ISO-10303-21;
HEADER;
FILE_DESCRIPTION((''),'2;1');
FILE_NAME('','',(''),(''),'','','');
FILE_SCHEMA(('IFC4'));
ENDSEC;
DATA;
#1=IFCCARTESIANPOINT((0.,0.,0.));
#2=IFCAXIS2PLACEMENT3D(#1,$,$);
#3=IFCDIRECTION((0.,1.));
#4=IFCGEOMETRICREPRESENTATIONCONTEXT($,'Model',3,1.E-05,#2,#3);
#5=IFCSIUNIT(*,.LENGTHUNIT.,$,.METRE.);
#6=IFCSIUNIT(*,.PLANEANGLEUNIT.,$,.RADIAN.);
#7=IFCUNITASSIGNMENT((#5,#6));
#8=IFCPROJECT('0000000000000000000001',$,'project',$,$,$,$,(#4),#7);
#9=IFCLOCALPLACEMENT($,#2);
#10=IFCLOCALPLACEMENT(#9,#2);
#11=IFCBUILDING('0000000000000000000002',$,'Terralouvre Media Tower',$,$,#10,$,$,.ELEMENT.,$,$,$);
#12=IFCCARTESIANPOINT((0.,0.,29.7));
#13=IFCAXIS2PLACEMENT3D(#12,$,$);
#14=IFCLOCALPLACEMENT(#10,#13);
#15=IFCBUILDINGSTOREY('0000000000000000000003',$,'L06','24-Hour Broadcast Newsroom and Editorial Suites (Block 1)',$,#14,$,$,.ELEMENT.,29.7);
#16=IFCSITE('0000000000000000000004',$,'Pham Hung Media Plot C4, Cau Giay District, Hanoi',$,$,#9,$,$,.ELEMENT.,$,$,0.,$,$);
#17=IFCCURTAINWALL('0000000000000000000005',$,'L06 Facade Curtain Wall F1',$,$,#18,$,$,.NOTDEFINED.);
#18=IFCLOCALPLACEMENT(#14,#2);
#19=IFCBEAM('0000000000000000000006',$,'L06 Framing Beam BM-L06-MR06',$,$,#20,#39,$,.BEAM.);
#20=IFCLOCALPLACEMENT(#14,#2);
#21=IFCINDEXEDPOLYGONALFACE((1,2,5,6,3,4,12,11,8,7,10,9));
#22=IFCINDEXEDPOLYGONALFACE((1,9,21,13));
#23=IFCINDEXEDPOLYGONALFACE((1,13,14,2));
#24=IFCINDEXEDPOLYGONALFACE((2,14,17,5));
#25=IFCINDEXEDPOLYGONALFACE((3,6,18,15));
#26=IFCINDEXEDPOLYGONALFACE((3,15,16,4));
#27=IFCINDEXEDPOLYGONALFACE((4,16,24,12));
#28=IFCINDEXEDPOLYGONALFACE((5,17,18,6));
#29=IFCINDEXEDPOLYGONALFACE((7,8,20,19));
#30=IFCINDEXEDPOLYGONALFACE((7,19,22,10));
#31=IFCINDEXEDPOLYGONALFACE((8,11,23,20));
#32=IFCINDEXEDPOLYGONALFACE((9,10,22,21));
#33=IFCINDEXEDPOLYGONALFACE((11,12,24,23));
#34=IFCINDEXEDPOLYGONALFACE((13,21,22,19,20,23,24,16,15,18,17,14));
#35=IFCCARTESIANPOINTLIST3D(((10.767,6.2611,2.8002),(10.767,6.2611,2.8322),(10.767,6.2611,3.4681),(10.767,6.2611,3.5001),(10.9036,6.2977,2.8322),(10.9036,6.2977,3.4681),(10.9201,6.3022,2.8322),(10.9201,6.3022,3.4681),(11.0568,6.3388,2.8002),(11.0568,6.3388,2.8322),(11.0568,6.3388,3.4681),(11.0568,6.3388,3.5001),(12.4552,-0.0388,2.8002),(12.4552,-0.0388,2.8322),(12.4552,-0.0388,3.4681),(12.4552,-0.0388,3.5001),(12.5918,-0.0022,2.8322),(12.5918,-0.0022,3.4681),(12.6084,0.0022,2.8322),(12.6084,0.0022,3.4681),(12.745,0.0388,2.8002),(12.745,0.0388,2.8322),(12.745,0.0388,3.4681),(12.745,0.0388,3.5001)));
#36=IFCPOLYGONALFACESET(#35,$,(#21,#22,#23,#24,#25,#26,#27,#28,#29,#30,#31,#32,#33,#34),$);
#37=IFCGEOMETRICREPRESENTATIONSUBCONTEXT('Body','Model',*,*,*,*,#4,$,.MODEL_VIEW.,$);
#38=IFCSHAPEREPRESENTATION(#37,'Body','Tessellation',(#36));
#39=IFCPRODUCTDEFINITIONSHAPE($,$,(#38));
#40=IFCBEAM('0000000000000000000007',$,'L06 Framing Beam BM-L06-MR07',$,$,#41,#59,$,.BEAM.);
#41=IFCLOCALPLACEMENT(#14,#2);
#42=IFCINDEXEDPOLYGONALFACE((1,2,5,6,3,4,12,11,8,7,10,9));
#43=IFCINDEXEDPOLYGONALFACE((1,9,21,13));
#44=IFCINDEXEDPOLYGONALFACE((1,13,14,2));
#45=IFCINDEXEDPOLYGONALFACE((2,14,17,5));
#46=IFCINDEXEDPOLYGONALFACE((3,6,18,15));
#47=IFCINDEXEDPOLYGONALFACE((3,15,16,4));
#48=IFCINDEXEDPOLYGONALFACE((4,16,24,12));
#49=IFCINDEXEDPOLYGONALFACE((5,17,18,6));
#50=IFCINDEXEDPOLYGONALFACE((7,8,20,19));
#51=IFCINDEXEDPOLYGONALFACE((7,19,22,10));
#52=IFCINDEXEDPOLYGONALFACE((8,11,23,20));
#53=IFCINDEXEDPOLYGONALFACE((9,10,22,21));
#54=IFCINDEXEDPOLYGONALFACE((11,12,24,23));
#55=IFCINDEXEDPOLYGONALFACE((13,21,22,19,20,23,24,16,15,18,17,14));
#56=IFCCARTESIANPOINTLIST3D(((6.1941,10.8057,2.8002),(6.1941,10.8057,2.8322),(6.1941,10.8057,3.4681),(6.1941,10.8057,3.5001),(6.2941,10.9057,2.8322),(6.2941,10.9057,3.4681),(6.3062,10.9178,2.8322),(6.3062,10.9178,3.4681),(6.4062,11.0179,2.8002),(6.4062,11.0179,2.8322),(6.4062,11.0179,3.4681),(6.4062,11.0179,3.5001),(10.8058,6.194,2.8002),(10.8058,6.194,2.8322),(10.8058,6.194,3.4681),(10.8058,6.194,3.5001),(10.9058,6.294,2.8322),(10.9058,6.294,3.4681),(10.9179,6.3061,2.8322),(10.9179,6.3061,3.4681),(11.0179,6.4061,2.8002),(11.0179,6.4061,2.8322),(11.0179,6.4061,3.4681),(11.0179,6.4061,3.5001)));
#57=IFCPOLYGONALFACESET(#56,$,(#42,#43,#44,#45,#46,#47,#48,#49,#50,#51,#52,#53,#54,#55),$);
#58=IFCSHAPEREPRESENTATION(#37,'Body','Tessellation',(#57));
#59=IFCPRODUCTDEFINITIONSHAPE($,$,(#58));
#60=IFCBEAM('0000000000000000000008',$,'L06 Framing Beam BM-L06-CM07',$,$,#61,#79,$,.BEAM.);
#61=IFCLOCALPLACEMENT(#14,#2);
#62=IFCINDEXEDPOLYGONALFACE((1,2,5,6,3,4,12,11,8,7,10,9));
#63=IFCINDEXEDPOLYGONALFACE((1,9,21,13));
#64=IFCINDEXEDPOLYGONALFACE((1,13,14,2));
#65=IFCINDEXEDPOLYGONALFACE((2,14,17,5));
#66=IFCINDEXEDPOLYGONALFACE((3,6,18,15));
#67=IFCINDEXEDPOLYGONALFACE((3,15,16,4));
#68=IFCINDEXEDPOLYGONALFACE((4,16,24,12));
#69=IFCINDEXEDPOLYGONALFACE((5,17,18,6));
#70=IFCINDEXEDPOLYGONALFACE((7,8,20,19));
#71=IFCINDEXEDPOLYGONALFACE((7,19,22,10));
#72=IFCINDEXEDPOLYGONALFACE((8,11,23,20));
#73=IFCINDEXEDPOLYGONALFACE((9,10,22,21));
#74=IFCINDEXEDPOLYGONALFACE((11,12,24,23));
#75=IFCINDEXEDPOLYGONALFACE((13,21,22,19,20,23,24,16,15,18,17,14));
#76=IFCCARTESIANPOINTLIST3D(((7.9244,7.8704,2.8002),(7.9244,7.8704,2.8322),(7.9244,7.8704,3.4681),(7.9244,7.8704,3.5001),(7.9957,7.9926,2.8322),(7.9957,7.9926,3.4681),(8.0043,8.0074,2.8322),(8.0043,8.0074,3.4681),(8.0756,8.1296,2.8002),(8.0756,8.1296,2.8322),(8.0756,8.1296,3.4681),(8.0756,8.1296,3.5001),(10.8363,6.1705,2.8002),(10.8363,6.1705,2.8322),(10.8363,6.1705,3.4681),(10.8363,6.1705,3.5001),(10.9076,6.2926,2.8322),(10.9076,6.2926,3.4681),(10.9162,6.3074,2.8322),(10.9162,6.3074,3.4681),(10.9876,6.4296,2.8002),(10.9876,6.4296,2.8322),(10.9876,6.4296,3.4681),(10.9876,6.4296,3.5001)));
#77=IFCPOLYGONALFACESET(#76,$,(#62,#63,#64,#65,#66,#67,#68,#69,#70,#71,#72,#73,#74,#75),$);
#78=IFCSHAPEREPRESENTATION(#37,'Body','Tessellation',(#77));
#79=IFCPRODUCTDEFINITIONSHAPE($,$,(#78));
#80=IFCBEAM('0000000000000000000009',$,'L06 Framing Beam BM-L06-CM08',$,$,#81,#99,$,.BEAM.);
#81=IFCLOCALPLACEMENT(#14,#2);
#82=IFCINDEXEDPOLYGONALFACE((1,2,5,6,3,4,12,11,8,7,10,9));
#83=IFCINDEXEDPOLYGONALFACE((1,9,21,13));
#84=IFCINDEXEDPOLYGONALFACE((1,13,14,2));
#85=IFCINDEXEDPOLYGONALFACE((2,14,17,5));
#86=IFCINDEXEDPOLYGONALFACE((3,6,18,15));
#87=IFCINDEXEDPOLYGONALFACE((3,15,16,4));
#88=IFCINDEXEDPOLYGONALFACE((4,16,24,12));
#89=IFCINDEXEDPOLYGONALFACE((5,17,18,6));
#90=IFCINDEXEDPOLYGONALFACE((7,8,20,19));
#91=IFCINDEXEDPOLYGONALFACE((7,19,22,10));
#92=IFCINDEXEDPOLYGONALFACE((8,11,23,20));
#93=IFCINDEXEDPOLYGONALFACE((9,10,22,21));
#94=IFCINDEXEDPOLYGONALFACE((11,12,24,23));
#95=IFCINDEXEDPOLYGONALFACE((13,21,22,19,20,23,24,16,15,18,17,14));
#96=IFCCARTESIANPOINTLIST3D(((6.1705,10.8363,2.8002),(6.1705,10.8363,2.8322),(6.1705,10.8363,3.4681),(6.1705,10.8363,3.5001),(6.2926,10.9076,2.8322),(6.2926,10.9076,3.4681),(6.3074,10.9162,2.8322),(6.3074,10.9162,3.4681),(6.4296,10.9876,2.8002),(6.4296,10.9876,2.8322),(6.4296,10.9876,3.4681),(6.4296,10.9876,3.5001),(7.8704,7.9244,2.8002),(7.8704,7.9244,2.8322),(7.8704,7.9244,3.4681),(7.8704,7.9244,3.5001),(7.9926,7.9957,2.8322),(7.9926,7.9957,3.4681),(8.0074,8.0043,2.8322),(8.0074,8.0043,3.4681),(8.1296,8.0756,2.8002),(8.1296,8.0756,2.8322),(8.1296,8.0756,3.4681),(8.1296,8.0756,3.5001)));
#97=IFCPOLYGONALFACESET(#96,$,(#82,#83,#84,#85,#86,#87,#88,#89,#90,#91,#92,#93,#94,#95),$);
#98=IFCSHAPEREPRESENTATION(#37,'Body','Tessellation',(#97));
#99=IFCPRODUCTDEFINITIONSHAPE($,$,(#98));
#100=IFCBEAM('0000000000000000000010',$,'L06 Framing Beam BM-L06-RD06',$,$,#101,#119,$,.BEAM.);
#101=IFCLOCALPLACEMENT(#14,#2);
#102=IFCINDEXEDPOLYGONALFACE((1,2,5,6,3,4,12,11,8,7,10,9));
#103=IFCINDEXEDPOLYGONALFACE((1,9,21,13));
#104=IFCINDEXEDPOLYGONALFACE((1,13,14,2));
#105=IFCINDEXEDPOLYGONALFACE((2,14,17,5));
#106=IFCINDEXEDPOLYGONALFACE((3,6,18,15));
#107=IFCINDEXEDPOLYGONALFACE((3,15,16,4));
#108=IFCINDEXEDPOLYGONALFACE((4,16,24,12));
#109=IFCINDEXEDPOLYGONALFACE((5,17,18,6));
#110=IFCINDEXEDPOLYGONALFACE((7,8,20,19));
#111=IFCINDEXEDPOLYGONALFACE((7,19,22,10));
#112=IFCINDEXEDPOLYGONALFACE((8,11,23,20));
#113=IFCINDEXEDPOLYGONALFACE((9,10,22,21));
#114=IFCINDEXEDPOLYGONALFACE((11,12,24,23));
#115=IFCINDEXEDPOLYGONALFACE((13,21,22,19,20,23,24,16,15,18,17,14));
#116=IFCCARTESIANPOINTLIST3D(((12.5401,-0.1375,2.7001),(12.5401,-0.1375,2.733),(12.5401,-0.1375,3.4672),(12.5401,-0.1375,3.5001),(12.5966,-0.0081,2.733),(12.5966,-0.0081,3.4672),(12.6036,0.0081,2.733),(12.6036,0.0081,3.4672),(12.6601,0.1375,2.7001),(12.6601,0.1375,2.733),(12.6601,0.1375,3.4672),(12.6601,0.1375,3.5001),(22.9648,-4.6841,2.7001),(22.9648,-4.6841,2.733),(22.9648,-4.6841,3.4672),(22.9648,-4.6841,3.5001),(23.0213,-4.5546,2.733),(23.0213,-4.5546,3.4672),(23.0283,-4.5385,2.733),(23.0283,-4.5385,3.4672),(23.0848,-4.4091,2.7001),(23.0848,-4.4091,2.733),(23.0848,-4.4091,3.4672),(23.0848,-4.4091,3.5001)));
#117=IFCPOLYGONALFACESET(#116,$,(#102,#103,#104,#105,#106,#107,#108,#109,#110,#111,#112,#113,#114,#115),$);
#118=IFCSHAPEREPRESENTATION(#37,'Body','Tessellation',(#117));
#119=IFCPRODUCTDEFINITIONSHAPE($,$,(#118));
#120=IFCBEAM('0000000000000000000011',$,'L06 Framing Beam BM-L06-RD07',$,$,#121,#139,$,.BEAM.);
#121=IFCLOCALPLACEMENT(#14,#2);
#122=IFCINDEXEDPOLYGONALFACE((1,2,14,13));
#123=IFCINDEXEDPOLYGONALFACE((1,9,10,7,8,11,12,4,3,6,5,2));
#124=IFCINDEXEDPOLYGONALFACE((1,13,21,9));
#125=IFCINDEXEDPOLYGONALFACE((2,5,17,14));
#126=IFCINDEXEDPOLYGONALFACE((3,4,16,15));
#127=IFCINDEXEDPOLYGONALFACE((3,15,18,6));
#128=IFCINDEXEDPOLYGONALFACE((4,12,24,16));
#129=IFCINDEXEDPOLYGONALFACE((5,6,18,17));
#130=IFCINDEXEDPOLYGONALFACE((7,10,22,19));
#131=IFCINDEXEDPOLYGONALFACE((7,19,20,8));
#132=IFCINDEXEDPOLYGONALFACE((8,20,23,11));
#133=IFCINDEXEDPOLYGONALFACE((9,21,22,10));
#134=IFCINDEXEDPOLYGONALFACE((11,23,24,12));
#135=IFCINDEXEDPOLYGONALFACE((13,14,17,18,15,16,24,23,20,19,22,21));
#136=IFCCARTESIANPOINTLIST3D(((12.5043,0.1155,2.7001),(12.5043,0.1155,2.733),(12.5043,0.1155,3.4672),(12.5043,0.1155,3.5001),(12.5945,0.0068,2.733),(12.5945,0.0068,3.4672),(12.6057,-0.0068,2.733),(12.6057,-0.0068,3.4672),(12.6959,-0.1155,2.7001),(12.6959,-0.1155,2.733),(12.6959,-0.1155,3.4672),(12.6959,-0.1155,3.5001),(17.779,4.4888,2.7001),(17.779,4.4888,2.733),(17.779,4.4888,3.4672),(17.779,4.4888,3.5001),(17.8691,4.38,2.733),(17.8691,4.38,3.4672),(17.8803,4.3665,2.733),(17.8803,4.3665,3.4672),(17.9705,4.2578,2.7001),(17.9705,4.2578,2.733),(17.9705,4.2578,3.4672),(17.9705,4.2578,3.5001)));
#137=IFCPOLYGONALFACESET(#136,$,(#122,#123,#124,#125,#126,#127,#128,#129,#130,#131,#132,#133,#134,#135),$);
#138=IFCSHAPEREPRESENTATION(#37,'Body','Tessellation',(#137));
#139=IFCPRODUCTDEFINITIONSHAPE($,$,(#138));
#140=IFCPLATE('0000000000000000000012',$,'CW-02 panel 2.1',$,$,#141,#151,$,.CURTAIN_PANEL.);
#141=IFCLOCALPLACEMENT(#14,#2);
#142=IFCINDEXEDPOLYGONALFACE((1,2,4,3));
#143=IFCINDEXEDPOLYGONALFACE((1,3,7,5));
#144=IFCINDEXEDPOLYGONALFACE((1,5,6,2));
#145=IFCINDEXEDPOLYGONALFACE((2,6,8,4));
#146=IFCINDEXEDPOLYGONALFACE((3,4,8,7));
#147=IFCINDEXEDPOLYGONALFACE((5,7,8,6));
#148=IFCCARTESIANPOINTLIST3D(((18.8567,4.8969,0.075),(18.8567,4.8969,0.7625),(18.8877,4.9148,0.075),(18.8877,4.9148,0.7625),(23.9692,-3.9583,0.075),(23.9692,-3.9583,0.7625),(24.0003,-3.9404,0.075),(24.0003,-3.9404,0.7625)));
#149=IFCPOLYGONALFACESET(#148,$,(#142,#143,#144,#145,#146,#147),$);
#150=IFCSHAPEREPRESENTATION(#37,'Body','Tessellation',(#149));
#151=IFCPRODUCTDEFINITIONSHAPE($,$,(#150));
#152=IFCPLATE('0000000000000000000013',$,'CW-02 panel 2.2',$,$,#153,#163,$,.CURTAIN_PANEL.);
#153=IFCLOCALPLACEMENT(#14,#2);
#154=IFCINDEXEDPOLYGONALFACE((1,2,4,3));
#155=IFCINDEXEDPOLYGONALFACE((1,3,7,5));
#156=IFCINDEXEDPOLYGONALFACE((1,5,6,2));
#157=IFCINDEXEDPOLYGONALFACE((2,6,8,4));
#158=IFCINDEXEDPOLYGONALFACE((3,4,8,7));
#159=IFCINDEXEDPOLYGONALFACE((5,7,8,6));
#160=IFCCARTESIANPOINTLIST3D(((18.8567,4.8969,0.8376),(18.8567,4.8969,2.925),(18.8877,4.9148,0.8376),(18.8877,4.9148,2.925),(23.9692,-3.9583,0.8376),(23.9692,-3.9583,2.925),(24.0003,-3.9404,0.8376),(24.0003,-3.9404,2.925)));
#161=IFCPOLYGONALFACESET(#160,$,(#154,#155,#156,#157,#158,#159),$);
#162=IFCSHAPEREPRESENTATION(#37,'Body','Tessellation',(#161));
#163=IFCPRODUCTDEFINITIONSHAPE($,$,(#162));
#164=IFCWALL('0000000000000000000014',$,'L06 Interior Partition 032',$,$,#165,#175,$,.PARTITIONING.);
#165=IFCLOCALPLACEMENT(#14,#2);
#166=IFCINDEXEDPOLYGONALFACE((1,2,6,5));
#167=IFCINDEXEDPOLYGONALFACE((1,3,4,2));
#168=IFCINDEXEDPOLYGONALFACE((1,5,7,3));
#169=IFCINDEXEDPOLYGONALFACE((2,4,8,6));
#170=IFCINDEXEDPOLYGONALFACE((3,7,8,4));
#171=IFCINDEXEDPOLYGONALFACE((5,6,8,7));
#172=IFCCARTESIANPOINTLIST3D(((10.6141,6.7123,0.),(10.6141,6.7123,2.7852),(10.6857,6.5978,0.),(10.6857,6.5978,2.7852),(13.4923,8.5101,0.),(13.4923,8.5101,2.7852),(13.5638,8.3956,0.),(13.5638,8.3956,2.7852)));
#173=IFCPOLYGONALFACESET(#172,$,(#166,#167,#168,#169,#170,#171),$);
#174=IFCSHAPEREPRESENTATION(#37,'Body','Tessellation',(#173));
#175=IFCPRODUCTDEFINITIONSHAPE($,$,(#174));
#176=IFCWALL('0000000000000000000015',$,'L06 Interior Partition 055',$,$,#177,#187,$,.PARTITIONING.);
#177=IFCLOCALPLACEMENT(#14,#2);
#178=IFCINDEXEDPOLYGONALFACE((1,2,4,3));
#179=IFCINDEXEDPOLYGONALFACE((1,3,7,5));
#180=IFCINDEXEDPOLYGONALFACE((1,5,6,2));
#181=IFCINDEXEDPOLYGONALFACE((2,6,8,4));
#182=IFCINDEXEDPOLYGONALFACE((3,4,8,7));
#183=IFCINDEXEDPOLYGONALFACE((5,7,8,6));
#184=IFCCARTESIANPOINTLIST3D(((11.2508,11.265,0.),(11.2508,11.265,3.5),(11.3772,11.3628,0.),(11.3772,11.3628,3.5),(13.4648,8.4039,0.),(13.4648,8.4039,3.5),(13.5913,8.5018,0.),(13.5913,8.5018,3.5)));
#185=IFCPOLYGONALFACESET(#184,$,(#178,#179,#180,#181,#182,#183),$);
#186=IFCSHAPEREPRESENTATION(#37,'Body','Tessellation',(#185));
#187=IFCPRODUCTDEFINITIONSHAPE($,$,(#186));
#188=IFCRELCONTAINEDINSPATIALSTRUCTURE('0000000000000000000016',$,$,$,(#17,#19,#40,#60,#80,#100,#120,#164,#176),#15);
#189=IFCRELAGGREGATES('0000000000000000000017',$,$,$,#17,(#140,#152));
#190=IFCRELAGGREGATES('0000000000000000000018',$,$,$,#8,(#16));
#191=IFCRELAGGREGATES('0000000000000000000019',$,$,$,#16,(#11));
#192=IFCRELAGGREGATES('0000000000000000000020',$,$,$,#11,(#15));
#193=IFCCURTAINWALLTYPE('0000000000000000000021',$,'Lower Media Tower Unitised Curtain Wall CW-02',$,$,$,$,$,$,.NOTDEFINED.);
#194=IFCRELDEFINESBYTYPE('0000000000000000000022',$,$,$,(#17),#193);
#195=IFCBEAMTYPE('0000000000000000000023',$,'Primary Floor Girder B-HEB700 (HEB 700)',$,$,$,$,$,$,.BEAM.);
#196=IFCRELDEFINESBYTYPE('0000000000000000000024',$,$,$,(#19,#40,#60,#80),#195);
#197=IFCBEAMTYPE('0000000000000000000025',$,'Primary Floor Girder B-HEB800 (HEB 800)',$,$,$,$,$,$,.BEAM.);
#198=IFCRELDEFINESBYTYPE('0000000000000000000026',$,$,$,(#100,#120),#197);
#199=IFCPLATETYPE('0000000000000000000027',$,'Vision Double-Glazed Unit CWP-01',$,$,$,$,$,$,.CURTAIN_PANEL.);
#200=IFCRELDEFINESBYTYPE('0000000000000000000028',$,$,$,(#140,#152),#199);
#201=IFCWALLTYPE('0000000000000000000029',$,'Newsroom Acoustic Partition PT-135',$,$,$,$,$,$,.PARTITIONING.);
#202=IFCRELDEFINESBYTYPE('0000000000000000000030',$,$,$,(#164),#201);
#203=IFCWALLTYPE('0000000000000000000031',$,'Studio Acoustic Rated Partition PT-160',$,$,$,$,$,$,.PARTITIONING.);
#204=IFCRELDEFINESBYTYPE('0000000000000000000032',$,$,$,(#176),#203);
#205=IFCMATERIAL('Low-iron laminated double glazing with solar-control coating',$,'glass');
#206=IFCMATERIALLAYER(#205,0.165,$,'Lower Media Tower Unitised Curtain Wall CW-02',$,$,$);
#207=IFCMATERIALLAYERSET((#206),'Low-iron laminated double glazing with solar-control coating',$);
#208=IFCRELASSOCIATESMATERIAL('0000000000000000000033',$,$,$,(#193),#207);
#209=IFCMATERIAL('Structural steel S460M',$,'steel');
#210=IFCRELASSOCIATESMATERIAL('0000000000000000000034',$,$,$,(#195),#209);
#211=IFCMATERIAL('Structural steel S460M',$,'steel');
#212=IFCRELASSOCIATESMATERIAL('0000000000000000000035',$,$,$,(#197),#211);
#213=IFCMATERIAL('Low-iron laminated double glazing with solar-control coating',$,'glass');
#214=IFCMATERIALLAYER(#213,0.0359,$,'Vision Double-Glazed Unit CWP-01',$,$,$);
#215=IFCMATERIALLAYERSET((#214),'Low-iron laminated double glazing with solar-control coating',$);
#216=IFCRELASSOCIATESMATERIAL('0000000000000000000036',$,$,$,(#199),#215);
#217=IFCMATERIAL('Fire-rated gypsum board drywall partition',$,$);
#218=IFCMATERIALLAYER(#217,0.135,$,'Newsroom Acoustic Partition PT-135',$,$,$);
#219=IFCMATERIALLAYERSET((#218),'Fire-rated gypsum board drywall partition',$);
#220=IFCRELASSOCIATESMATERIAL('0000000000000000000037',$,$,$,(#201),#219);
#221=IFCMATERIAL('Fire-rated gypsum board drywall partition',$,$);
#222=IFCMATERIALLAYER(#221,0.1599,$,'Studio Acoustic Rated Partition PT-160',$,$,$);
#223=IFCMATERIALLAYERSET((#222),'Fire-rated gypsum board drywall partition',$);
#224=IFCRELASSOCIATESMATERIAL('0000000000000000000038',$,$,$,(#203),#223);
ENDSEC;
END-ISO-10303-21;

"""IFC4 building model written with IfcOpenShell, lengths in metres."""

from ifc_helpers import new_model, si_unit, direction, frame, frame_2d, origin, origin_2d, place, context, subcontext, project, spatial, rectangle, i_section, extrude, material, layer, layer_set, material_profile, profile_set, type_object, element, aggregate, save


model = new_model("IFC4")

# Units and contexts
model_context = context("Model", 3, precision=1e-05, world=origin(), true_north=direction((0.0, 1.0)))
body_context = subcontext(model_context, "Body", "Model", "MODEL_VIEW")
ifc_project = project(units=[si_unit("LENGTHUNIT", "METRE"), si_unit("PLANEANGLEUNIT", "RADIAN")], contexts=[model_context])

# Site, building, storey
site_placement = place(None, origin())
site = spatial("IfcSite", under=ifc_project, at=site_placement, Name="Pham Hung Media Plot C4, Cau Giay District, Hanoi", CompositionType="ELEMENT", RefElevation=0.0)
building_placement = place(site_placement, origin())
building = spatial("IfcBuilding", under=site, at=building_placement, Name="Terralouvre Media Tower", CompositionType="ELEMENT")
storey_placement = place(building_placement, frame((0.0, 0.0, 29.7)))
storey = spatial("IfcBuildingStorey", under=building, at=storey_placement, Name="L06", Description="24-Hour Broadcast Newsroom and Editorial Suites (Block 1)", CompositionType="ELEMENT", Elevation=29.7)

# Curtain wall
ifc_material_1 = material(Name="Low-iron laminated double glazing with solar-control coating", Category="glass")
ifc_layer_1 = layer(ifc_material_1, 0.165, Name="Lower Media Tower Unitised Curtain Wall CW-02")
ifc_layer_set_1 = layer_set([ifc_layer_1], Name="Low-iron laminated double glazing with solar-control coating")
curtain_wall_type = type_object("IfcCurtainWallType", Name="Lower Media Tower Unitised Curtain Wall CW-02", PredefinedType="NOTDEFINED", material=ifc_layer_set_1)
curtain_wall_placement = place(storey_placement, origin())
curtain_wall = element("IfcCurtainWall", 1, at=curtain_wall_placement, inside=storey, type_object=curtain_wall_type, Name="L06 Facade Curtain Wall F1", PredefinedType="NOTDEFINED")

# Beams
ifc_material_2 = material(Name="Structural steel S460M", Category="steel")
ifc_material_profile_1 = material_profile(ifc_material_2, i_section(OverallWidth=0.3, OverallDepth=0.7, WebThickness=0.0171, FlangeThickness=0.032, at=origin_2d()), Name="HEB 700")
ifc_profile_set_1 = profile_set([ifc_material_profile_1], Name="Structural steel S460M")
beam_type_1 = type_object("IfcBeamType", Name="Primary Floor Girder B-HEB700 (HEB 700)", PredefinedType="BEAM", material=ifc_profile_set_1)
beam_1_placement = place(storey_placement, frame((12.6001, 0.0, 3.1501), z_axis=(-0.258839, 0.96592, 0.0), x_axis=(-0.96592, -0.258839, 0.0)))
element("IfcBeam", 2, at=beam_1_placement, inside=storey, type_object=beam_type_1, Name="L06 Framing Beam BM-L06-MR06", PredefinedType="BEAM", context=body_context, shape_type="SweptSolid", body=[
    extrude(i_section(OverallWidth=0.3, OverallDepth=0.7, WebThickness=0.0171, FlangeThickness=0.032, at=origin_2d()), origin(), (0.0, 0.0, 1.0), 6.5222),
])
beam_2_placement = place(storey_placement, frame((10.9119, 6.3, 3.1501), z_axis=(-0.707107, 0.707107, 0.0), x_axis=(-0.707107, -0.707107, 0.0)))
element("IfcBeam", 3, at=beam_2_placement, inside=storey, type_object=beam_type_1, Name="L06 Framing Beam BM-L06-MR07", PredefinedType="BEAM", context=body_context, shape_type="SweptSolid", body=[
    extrude(i_section(OverallWidth=0.3, OverallDepth=0.7, WebThickness=0.0171, FlangeThickness=0.032, at=origin_2d()), origin(), (0.0, 0.0, 1.0), 6.522),
])
for number, where, z_axis, x_axis, name in (
    (4, (8.0, 8.0, 3.1501), (0.863603, -0.504173, 0.0), (0.504173, 0.863603, 0.0), "L06 Framing Beam BM-L06-CM07"),
    (5, (8.0, 8.0, 3.1501), (-0.504173, 0.863603, 0.0), (-0.863603, -0.504173, 0.0), "L06 Framing Beam BM-L06-CM08"),
):
    element("IfcBeam", number, at=place(storey_placement, frame(where, z_axis=z_axis, x_axis=x_axis)), inside=storey, type_object=beam_type_1, Name=name, PredefinedType="BEAM", context=body_context, shape_type="SweptSolid", body=[
        extrude(i_section(OverallWidth=0.3, OverallDepth=0.7, WebThickness=0.0171, FlangeThickness=0.032, at=origin_2d()), origin(), (0.0, 0.0, 1.0), 3.3718),
    ])
ifc_material_3 = material(Name="Structural steel S460M", Category="steel")
ifc_material_profile_2 = material_profile(ifc_material_3, i_section(OverallWidth=0.3, OverallDepth=0.8, WebThickness=0.0176, FlangeThickness=0.033, at=origin_2d()), Name="HEB 800")
ifc_profile_set_2 = profile_set([ifc_material_profile_2], Name="Structural steel S460M")
beam_type_2 = type_object("IfcBeamType", Name="Primary Floor Girder B-HEB800 (HEB 800)", PredefinedType="BEAM", material=ifc_profile_set_2)
beam_3_placement = place(storey_placement, frame((12.6001, 0.0, 3.1001), z_axis=(0.916616, -0.399769, 0.0), x_axis=(0.399769, 0.916616, 0.0)))
element("IfcBeam", 6, at=beam_3_placement, inside=storey, type_object=beam_type_2, Name="L06 Framing Beam BM-L06-RD06", PredefinedType="BEAM", context=body_context, shape_type="SweptSolid", body=[
    extrude(i_section(OverallWidth=0.3, OverallDepth=0.8, WebThickness=0.0176, FlangeThickness=0.033, at=origin_2d()), origin(), (0.0, 0.0, 1.0), 11.373),
])
beam_4_placement = place(storey_placement, frame((12.6001, 0.0, 3.1001), z_axis=(0.769816, 0.638265, 0.0), x_axis=(-0.638265, 0.769816, 0.0)))
element("IfcBeam", 7, at=beam_4_placement, inside=storey, type_object=beam_type_2, Name="L06 Framing Beam BM-L06-RD07", PredefinedType="BEAM", context=body_context, shape_type="SweptSolid", body=[
    extrude(i_section(OverallWidth=0.3, OverallDepth=0.8, WebThickness=0.0176, FlangeThickness=0.033, at=origin_2d()), origin(), (0.0, 0.0, 1.0), 6.8518),
])

# Plates
ifc_material_4 = material(Name="Low-iron laminated double glazing with solar-control coating", Category="glass")
ifc_layer_2 = layer(ifc_material_4, 0.0359, Name="Vision Double-Glazed Unit CWP-01")
ifc_layer_set_2 = layer_set([ifc_layer_2], Name="Low-iron laminated double glazing with solar-control coating")
plate_type = type_object("IfcPlateType", Name="Vision Double-Glazed Unit CWP-01", PredefinedType="CURTAIN_PANEL", material=ifc_layer_set_2)
plate_1_placement = place(storey_placement, frame((21.4285, 0.4783, 0.075), z_axis=(0.0, 0.0, 1.0), x_axis=(-0.5, 0.866025, 0.0)))
plate_1 = element("IfcPlate", 8, at=plate_1_placement, type_object=plate_type, Name="CW-02 panel 2.1", PredefinedType="CURTAIN_PANEL", context=body_context, shape_type="SweptSolid", body=[
    extrude(rectangle(XDim=10.2251, YDim=0.0359, at=origin_2d()), origin(), (0.0, 0.0, 1.0), 0.6875),
])
plate_2_placement = place(storey_placement, frame((21.4285, 0.4783, 0.8376), z_axis=(0.0, 0.0, 1.0), x_axis=(-0.5, 0.866025, 0.0)))
plate_2 = element("IfcPlate", 9, at=plate_2_placement, type_object=plate_type, Name="CW-02 panel 2.2", PredefinedType="CURTAIN_PANEL", context=body_context, shape_type="SweptSolid", body=[
    extrude(rectangle(XDim=10.2251, YDim=0.0359, at=origin_2d()), origin(), (0.0, 0.0, 1.0), 2.0874),
])
aggregate(curtain_wall, [plate_1, plate_2])

# Wall
ifc_material_5 = material(Name="Fire-rated gypsum board drywall partition")
ifc_layer_3 = layer(ifc_material_5, 0.135, Name="Newsroom Acoustic Partition PT-135")
ifc_layer_set_3 = layer_set([ifc_layer_3], Name="Fire-rated gypsum board drywall partition")
wall_type_1 = type_object("IfcWallType", Name="Newsroom Acoustic Partition PT-135", PredefinedType="PARTITIONING", material=ifc_layer_set_3)
wall_1_placement = place(storey_placement, frame((13.5281, 8.4529, 0.0), z_axis=(0.0, 0.0, 1.0), x_axis=(-0.848132, -0.529786, 0.0)))
element("IfcWall", 10, at=wall_1_placement, inside=storey, type_object=wall_type_1, Name="L06 Interior Partition 032", PredefinedType="PARTITIONING", context=body_context, shape_type="SweptSolid", body=[
    extrude(rectangle(XDim=3.3936, YDim=0.135, at=frame_2d((1.6968, 0.0))), origin(), (0.0, 0.0, 1.0), 2.7852),
])

# Shared definitions
ifc_material_6 = material(Name="Fire-rated gypsum board drywall partition")
ifc_layer_4 = layer(ifc_material_6, 0.1599, Name="Studio Acoustic Rated Partition PT-160")
ifc_layer_set_4 = layer_set([ifc_layer_4], Name="Fire-rated gypsum board drywall partition")
wall_type_2 = type_object("IfcWallType", Name="Studio Acoustic Rated Partition PT-160", PredefinedType="PARTITIONING", material=ifc_layer_set_4)

# Wall
wall_2_placement = place(storey_placement, frame((13.5281, 8.4529, 0.0), z_axis=(0.0, 0.0, 1.0), x_axis=(-0.612014, 0.790847, 0.0)))
element("IfcWall", 11, at=wall_2_placement, inside=storey, type_object=wall_type_2, Name="L06 Interior Partition 055", PredefinedType="PARTITIONING", context=body_context, shape_type="SweptSolid", body=[
    extrude(rectangle(XDim=3.6177, YDim=0.1599, at=frame_2d((1.8088, 0.0))), origin(), (0.0, 0.0, 1.0), 3.5),
])

save(model, "model.ifc")
